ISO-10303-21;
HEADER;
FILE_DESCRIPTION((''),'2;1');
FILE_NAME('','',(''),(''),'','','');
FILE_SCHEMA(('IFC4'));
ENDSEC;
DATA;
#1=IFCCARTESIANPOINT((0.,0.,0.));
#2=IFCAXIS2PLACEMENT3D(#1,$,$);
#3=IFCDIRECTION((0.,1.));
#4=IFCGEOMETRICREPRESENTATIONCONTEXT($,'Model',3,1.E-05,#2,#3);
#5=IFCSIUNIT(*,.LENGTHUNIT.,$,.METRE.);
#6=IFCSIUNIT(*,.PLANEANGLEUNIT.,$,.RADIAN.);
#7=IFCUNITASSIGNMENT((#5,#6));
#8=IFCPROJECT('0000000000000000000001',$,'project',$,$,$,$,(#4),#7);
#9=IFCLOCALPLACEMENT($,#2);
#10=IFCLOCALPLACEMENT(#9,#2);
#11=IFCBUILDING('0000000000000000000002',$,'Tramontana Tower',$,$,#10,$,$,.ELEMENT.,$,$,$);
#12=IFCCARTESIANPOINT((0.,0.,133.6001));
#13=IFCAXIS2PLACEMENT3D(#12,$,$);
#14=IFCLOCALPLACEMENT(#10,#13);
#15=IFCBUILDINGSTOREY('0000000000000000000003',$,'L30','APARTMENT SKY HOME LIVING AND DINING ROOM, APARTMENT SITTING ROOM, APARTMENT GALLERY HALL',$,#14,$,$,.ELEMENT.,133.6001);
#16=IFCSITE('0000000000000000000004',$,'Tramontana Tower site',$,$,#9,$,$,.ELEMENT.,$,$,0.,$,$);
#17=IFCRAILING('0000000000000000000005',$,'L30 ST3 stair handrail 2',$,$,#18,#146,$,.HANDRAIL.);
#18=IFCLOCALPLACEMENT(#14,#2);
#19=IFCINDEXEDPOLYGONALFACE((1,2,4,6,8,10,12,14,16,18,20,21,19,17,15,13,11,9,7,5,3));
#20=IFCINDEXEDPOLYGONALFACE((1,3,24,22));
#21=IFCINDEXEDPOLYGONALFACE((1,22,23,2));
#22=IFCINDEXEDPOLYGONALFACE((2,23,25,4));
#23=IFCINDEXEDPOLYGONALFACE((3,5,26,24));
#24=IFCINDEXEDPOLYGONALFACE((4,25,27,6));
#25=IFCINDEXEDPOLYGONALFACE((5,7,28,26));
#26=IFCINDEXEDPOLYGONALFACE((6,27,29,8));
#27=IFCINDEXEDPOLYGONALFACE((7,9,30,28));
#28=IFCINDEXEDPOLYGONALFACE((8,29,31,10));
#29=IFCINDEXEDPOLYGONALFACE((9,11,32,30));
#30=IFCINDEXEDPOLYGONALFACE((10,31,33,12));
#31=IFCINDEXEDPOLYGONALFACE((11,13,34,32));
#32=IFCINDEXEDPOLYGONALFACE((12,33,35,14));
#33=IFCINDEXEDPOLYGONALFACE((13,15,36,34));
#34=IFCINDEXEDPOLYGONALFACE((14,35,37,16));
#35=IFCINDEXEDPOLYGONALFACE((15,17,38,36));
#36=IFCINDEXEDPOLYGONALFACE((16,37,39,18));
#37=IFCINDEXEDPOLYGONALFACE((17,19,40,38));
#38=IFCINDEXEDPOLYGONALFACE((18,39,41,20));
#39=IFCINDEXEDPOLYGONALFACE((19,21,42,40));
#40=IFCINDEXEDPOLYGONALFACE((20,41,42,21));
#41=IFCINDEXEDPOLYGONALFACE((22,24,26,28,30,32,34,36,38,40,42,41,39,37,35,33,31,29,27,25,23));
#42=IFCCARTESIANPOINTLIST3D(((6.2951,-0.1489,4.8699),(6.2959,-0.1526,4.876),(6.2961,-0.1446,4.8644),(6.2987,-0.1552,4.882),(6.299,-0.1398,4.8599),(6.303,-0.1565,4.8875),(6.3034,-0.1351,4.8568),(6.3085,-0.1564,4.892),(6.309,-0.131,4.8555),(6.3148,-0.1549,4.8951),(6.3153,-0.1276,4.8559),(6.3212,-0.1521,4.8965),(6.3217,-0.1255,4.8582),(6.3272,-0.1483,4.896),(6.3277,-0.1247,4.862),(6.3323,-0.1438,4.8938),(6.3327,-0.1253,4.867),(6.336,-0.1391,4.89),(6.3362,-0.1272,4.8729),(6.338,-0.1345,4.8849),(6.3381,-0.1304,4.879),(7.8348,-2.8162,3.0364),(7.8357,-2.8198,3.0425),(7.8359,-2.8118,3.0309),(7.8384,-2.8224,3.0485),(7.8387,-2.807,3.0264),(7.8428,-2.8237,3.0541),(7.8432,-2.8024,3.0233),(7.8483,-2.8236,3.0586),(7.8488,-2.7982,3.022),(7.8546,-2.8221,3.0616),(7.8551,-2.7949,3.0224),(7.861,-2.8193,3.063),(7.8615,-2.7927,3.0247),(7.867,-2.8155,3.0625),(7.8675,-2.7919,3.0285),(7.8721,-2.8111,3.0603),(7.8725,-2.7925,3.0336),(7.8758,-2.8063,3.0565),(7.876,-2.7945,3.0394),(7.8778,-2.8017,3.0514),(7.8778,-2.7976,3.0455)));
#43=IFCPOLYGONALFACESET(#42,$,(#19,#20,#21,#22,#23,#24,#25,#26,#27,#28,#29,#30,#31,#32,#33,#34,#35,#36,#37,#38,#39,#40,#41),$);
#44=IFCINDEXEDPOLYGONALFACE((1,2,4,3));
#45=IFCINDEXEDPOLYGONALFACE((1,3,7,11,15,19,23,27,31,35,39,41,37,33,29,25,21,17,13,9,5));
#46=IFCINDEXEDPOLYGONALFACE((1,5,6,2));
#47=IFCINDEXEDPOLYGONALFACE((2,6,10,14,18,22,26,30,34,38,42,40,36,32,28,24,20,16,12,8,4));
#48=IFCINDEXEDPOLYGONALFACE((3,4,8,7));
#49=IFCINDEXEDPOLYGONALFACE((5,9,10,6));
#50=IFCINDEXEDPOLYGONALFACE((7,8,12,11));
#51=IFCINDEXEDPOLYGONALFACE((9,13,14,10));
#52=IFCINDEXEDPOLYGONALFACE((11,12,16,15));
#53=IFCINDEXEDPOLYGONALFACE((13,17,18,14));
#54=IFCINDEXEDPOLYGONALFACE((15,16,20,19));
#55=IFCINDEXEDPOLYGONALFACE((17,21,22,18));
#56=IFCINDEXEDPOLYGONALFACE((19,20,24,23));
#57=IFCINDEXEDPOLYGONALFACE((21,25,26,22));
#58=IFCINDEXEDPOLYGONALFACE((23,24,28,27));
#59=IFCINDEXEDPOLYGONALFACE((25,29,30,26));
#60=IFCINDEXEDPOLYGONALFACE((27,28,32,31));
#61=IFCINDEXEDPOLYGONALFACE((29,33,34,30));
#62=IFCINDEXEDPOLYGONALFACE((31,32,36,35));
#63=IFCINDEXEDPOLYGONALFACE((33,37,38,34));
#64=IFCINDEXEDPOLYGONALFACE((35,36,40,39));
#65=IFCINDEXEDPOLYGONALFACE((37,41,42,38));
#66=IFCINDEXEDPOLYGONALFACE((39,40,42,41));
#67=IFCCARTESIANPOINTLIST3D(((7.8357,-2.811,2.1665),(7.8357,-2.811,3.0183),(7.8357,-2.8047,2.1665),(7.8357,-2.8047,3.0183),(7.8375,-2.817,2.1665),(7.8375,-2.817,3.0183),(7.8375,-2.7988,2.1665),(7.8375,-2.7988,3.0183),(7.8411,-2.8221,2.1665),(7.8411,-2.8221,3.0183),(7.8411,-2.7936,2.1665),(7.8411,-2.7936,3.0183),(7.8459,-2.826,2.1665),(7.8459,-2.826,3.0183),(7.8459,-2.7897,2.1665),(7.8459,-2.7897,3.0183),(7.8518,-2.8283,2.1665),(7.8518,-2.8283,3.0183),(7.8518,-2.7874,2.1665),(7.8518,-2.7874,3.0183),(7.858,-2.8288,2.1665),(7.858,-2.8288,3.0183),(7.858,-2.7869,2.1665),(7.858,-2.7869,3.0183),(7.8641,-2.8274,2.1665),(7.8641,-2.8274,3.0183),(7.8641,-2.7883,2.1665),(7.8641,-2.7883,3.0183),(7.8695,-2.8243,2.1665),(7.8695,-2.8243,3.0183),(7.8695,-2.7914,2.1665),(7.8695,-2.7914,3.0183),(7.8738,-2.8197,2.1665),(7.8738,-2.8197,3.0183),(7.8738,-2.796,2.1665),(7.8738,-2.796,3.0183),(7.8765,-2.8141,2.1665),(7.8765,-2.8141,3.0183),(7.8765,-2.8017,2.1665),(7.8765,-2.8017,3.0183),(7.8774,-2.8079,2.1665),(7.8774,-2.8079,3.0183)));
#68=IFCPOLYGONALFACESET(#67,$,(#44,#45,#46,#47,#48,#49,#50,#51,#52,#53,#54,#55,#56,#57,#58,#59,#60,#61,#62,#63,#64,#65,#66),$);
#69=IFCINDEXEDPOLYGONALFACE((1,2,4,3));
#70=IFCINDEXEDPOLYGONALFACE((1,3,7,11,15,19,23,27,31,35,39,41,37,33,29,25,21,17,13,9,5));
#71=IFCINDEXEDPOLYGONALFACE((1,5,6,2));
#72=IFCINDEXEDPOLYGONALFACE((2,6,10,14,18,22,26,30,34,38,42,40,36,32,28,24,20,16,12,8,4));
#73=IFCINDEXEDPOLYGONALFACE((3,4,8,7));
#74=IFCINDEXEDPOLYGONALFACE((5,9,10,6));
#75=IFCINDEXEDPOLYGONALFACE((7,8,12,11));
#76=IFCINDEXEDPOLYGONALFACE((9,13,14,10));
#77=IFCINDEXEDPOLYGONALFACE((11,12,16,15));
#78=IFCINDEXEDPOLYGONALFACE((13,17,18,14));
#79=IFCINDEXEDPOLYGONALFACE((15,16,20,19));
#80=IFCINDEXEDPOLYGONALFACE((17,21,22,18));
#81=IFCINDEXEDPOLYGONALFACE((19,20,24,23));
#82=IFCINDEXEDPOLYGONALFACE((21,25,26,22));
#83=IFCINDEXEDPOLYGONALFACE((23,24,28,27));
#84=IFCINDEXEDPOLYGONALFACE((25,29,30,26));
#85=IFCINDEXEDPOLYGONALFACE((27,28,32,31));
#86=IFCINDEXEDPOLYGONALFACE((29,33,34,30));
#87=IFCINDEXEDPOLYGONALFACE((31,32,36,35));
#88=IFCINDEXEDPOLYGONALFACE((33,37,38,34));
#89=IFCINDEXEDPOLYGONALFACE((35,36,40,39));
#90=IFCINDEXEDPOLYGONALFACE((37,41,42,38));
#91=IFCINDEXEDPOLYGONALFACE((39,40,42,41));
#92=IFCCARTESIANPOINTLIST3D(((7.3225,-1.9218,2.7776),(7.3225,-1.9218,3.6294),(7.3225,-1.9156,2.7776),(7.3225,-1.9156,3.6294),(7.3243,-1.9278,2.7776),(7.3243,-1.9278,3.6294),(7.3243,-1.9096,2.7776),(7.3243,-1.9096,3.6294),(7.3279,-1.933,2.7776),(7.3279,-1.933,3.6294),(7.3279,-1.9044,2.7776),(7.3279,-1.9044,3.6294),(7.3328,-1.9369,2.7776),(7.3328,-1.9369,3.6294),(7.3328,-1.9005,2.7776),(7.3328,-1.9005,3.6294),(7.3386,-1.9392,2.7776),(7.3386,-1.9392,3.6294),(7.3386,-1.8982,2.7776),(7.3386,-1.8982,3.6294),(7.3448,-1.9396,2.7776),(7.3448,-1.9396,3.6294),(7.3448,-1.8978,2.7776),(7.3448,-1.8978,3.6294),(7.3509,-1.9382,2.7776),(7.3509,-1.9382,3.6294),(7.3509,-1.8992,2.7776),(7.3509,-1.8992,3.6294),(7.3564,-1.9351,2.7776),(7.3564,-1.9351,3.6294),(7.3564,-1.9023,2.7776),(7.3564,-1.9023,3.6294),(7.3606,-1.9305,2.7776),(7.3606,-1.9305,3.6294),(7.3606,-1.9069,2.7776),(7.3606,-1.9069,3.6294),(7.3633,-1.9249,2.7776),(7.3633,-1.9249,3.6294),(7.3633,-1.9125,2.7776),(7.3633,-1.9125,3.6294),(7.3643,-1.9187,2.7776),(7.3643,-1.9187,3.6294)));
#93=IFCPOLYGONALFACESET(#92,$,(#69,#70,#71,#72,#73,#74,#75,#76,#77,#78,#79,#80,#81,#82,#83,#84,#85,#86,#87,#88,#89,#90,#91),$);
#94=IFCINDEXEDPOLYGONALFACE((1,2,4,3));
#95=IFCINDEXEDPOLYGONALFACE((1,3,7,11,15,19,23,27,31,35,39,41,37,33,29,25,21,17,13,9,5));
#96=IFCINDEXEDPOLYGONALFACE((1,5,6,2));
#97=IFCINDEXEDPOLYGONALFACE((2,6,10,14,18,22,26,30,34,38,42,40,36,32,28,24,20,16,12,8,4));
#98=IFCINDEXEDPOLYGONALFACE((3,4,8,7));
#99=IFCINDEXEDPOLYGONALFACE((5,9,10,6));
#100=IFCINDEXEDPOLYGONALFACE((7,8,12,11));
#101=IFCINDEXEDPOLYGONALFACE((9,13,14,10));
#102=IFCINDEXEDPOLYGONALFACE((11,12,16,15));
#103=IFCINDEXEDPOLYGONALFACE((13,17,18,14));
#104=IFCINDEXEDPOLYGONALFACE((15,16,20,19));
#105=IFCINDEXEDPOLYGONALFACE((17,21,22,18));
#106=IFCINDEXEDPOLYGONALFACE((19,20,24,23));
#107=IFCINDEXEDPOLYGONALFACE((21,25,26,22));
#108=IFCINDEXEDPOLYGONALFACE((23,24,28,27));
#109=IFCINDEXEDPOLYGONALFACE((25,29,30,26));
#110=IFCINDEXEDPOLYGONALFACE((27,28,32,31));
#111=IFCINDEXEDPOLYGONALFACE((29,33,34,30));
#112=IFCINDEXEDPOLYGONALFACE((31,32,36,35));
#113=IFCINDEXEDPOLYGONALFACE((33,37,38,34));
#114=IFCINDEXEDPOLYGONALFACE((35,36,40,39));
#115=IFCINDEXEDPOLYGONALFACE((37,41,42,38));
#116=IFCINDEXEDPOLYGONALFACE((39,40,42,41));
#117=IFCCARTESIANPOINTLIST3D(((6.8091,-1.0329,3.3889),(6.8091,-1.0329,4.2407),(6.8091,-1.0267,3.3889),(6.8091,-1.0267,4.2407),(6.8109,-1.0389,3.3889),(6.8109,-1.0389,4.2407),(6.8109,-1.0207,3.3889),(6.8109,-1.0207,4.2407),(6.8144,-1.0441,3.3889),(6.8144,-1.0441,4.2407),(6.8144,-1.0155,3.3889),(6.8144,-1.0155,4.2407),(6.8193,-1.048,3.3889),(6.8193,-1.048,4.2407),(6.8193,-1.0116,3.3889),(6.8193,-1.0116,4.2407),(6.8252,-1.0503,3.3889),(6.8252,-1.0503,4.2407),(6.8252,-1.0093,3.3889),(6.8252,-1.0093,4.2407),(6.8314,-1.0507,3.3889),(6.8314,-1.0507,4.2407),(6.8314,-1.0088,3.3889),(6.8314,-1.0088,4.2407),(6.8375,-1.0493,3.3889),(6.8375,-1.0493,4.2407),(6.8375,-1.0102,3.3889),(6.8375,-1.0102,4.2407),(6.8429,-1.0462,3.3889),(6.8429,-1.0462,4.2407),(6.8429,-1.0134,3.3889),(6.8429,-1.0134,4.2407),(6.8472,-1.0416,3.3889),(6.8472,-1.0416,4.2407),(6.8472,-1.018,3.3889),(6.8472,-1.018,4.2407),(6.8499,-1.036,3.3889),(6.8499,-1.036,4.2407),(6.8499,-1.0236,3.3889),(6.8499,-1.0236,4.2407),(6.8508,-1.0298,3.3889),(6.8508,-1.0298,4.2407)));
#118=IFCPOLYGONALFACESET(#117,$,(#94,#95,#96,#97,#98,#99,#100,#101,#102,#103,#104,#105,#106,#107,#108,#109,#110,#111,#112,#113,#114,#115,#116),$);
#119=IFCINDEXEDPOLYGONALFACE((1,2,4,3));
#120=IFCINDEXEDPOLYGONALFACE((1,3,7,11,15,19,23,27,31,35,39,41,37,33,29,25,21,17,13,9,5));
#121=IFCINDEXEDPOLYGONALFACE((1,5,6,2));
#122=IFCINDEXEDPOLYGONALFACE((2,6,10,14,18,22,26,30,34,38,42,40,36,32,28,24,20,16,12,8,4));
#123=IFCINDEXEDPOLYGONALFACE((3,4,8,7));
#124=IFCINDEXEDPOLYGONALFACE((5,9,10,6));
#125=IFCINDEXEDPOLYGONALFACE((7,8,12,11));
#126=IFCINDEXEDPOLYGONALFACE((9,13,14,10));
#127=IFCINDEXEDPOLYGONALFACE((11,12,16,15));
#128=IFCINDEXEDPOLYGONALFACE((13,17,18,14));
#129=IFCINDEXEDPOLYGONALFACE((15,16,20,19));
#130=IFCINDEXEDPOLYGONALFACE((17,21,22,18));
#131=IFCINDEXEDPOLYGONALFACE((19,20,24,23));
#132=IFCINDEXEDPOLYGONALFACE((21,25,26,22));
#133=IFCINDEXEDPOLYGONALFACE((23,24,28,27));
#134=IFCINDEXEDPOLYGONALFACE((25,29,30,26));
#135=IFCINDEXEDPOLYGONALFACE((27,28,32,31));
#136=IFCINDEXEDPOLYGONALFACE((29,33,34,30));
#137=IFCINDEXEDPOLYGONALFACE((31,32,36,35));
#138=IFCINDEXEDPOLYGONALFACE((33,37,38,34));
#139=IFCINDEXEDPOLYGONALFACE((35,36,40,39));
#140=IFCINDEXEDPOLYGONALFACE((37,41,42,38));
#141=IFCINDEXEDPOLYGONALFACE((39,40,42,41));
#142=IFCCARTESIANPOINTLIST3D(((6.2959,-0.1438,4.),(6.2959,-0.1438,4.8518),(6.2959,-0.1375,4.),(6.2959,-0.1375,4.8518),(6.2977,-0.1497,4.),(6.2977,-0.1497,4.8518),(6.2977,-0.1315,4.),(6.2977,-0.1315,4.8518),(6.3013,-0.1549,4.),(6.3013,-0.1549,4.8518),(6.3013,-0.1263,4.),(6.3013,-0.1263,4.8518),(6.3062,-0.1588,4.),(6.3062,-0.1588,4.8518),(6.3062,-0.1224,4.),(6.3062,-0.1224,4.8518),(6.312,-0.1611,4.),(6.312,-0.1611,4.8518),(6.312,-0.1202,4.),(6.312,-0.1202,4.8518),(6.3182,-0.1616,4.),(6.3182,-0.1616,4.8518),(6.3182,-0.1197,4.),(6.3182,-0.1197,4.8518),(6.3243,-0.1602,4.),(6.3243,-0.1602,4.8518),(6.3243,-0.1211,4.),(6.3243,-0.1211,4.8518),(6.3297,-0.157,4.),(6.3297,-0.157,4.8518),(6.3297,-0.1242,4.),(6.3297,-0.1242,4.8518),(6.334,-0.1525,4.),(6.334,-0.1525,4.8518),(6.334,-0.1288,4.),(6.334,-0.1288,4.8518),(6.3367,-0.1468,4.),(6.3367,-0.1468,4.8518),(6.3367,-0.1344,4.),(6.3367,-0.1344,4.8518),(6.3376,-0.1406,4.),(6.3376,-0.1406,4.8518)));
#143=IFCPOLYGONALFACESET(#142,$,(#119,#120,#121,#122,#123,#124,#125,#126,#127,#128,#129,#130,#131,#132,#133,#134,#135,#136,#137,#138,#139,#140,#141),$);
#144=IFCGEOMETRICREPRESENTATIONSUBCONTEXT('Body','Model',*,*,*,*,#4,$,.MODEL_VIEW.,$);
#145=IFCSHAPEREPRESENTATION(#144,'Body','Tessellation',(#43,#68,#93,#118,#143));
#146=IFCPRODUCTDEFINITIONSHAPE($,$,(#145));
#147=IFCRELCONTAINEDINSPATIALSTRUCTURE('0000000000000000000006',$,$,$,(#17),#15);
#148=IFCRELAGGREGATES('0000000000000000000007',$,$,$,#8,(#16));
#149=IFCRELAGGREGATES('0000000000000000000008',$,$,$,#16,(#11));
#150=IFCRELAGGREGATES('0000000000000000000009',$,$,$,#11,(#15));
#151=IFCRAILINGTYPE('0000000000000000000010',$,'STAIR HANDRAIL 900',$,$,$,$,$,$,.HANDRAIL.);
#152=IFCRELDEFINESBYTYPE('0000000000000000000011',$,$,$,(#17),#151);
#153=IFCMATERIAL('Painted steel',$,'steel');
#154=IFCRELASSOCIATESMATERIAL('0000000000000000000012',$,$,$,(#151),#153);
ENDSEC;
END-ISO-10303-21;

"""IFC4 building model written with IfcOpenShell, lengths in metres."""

from ifc_helpers import new_model, si_unit, direction, frame, origin, origin_2d, place, context, subcontext, project, spatial, circle, extrude, material, type_object, element, save


model = new_model("IFC4")

# Units and contexts
model_context = context("Model", 3, precision=1e-05, world=origin(), true_north=direction((0.0, 1.0)))
body_context = subcontext(model_context, "Body", "Model", "MODEL_VIEW")
ifc_project = project(units=[si_unit("LENGTHUNIT", "METRE"), si_unit("PLANEANGLEUNIT", "RADIAN")], contexts=[model_context])

# Site, building, storey
site_placement = place(None, origin())
site = spatial("IfcSite", under=ifc_project, at=site_placement, Name="Tramontana Tower site", CompositionType="ELEMENT", RefElevation=0.0)
building_placement = place(site_placement, origin())
building = spatial("IfcBuilding", under=site, at=building_placement, Name="Tramontana Tower", CompositionType="ELEMENT")
storey_placement = place(building_placement, frame((0.0, 0.0, 133.6001)))
storey = spatial("IfcBuildingStorey", under=building, at=storey_placement, Name="L30", Description="APARTMENT SKY HOME LIVING AND DINING ROOM, APARTMENT SITTING ROOM, APARTMENT GALLERY HALL", CompositionType="ELEMENT", Elevation=133.6001)

# Railing
ifc_material_1 = material(Name="Painted steel", Category="steel")
railing_type_1 = type_object("IfcRailingType", Name="STAIR HANDRAIL 900", PredefinedType="HANDRAIL", material=ifc_material_1)
railing_1_placement = place(storey_placement, frame((7.8564, -2.8079, 2.1665)))
element("IfcRailing", 1, at=railing_1_placement, inside=storey, type_object=railing_type_1, Name="L30 ST3 stair handrail 2", PredefinedType="HANDRAIL", context=body_context, shape_type="SweptSolid", body=[
    extrude(circle(Radius=0.0239, at=origin_2d()), frame((0.0, 0.0, 0.876), z_axis=(-0.429601, 0.744155, 0.511543), x_axis=(-0.866044, -0.499967, 0.0)), (0.0, 0.0, 1.0), 3.5842),
    extrude(circle(Radius=0.021, at=origin_2d()), origin(), (0.0, 0.0, 1.0), 0.8518),
    extrude(circle(Radius=0.021, at=origin_2d()), frame((-0.5132, 0.8892, 0.6111)), (0.0, 0.0, 1.0), 0.8518),
    extrude(circle(Radius=0.021, at=origin_2d()), frame((-1.0266, 1.7781, 1.2224)), (0.0, 0.0, 1.0), 0.8518),
    extrude(circle(Radius=0.021, at=origin_2d()), frame((-1.5398, 2.6672, 1.8335)), (0.0, 0.0, 1.0), 0.8518),
])

save(model, "model.ifc")
